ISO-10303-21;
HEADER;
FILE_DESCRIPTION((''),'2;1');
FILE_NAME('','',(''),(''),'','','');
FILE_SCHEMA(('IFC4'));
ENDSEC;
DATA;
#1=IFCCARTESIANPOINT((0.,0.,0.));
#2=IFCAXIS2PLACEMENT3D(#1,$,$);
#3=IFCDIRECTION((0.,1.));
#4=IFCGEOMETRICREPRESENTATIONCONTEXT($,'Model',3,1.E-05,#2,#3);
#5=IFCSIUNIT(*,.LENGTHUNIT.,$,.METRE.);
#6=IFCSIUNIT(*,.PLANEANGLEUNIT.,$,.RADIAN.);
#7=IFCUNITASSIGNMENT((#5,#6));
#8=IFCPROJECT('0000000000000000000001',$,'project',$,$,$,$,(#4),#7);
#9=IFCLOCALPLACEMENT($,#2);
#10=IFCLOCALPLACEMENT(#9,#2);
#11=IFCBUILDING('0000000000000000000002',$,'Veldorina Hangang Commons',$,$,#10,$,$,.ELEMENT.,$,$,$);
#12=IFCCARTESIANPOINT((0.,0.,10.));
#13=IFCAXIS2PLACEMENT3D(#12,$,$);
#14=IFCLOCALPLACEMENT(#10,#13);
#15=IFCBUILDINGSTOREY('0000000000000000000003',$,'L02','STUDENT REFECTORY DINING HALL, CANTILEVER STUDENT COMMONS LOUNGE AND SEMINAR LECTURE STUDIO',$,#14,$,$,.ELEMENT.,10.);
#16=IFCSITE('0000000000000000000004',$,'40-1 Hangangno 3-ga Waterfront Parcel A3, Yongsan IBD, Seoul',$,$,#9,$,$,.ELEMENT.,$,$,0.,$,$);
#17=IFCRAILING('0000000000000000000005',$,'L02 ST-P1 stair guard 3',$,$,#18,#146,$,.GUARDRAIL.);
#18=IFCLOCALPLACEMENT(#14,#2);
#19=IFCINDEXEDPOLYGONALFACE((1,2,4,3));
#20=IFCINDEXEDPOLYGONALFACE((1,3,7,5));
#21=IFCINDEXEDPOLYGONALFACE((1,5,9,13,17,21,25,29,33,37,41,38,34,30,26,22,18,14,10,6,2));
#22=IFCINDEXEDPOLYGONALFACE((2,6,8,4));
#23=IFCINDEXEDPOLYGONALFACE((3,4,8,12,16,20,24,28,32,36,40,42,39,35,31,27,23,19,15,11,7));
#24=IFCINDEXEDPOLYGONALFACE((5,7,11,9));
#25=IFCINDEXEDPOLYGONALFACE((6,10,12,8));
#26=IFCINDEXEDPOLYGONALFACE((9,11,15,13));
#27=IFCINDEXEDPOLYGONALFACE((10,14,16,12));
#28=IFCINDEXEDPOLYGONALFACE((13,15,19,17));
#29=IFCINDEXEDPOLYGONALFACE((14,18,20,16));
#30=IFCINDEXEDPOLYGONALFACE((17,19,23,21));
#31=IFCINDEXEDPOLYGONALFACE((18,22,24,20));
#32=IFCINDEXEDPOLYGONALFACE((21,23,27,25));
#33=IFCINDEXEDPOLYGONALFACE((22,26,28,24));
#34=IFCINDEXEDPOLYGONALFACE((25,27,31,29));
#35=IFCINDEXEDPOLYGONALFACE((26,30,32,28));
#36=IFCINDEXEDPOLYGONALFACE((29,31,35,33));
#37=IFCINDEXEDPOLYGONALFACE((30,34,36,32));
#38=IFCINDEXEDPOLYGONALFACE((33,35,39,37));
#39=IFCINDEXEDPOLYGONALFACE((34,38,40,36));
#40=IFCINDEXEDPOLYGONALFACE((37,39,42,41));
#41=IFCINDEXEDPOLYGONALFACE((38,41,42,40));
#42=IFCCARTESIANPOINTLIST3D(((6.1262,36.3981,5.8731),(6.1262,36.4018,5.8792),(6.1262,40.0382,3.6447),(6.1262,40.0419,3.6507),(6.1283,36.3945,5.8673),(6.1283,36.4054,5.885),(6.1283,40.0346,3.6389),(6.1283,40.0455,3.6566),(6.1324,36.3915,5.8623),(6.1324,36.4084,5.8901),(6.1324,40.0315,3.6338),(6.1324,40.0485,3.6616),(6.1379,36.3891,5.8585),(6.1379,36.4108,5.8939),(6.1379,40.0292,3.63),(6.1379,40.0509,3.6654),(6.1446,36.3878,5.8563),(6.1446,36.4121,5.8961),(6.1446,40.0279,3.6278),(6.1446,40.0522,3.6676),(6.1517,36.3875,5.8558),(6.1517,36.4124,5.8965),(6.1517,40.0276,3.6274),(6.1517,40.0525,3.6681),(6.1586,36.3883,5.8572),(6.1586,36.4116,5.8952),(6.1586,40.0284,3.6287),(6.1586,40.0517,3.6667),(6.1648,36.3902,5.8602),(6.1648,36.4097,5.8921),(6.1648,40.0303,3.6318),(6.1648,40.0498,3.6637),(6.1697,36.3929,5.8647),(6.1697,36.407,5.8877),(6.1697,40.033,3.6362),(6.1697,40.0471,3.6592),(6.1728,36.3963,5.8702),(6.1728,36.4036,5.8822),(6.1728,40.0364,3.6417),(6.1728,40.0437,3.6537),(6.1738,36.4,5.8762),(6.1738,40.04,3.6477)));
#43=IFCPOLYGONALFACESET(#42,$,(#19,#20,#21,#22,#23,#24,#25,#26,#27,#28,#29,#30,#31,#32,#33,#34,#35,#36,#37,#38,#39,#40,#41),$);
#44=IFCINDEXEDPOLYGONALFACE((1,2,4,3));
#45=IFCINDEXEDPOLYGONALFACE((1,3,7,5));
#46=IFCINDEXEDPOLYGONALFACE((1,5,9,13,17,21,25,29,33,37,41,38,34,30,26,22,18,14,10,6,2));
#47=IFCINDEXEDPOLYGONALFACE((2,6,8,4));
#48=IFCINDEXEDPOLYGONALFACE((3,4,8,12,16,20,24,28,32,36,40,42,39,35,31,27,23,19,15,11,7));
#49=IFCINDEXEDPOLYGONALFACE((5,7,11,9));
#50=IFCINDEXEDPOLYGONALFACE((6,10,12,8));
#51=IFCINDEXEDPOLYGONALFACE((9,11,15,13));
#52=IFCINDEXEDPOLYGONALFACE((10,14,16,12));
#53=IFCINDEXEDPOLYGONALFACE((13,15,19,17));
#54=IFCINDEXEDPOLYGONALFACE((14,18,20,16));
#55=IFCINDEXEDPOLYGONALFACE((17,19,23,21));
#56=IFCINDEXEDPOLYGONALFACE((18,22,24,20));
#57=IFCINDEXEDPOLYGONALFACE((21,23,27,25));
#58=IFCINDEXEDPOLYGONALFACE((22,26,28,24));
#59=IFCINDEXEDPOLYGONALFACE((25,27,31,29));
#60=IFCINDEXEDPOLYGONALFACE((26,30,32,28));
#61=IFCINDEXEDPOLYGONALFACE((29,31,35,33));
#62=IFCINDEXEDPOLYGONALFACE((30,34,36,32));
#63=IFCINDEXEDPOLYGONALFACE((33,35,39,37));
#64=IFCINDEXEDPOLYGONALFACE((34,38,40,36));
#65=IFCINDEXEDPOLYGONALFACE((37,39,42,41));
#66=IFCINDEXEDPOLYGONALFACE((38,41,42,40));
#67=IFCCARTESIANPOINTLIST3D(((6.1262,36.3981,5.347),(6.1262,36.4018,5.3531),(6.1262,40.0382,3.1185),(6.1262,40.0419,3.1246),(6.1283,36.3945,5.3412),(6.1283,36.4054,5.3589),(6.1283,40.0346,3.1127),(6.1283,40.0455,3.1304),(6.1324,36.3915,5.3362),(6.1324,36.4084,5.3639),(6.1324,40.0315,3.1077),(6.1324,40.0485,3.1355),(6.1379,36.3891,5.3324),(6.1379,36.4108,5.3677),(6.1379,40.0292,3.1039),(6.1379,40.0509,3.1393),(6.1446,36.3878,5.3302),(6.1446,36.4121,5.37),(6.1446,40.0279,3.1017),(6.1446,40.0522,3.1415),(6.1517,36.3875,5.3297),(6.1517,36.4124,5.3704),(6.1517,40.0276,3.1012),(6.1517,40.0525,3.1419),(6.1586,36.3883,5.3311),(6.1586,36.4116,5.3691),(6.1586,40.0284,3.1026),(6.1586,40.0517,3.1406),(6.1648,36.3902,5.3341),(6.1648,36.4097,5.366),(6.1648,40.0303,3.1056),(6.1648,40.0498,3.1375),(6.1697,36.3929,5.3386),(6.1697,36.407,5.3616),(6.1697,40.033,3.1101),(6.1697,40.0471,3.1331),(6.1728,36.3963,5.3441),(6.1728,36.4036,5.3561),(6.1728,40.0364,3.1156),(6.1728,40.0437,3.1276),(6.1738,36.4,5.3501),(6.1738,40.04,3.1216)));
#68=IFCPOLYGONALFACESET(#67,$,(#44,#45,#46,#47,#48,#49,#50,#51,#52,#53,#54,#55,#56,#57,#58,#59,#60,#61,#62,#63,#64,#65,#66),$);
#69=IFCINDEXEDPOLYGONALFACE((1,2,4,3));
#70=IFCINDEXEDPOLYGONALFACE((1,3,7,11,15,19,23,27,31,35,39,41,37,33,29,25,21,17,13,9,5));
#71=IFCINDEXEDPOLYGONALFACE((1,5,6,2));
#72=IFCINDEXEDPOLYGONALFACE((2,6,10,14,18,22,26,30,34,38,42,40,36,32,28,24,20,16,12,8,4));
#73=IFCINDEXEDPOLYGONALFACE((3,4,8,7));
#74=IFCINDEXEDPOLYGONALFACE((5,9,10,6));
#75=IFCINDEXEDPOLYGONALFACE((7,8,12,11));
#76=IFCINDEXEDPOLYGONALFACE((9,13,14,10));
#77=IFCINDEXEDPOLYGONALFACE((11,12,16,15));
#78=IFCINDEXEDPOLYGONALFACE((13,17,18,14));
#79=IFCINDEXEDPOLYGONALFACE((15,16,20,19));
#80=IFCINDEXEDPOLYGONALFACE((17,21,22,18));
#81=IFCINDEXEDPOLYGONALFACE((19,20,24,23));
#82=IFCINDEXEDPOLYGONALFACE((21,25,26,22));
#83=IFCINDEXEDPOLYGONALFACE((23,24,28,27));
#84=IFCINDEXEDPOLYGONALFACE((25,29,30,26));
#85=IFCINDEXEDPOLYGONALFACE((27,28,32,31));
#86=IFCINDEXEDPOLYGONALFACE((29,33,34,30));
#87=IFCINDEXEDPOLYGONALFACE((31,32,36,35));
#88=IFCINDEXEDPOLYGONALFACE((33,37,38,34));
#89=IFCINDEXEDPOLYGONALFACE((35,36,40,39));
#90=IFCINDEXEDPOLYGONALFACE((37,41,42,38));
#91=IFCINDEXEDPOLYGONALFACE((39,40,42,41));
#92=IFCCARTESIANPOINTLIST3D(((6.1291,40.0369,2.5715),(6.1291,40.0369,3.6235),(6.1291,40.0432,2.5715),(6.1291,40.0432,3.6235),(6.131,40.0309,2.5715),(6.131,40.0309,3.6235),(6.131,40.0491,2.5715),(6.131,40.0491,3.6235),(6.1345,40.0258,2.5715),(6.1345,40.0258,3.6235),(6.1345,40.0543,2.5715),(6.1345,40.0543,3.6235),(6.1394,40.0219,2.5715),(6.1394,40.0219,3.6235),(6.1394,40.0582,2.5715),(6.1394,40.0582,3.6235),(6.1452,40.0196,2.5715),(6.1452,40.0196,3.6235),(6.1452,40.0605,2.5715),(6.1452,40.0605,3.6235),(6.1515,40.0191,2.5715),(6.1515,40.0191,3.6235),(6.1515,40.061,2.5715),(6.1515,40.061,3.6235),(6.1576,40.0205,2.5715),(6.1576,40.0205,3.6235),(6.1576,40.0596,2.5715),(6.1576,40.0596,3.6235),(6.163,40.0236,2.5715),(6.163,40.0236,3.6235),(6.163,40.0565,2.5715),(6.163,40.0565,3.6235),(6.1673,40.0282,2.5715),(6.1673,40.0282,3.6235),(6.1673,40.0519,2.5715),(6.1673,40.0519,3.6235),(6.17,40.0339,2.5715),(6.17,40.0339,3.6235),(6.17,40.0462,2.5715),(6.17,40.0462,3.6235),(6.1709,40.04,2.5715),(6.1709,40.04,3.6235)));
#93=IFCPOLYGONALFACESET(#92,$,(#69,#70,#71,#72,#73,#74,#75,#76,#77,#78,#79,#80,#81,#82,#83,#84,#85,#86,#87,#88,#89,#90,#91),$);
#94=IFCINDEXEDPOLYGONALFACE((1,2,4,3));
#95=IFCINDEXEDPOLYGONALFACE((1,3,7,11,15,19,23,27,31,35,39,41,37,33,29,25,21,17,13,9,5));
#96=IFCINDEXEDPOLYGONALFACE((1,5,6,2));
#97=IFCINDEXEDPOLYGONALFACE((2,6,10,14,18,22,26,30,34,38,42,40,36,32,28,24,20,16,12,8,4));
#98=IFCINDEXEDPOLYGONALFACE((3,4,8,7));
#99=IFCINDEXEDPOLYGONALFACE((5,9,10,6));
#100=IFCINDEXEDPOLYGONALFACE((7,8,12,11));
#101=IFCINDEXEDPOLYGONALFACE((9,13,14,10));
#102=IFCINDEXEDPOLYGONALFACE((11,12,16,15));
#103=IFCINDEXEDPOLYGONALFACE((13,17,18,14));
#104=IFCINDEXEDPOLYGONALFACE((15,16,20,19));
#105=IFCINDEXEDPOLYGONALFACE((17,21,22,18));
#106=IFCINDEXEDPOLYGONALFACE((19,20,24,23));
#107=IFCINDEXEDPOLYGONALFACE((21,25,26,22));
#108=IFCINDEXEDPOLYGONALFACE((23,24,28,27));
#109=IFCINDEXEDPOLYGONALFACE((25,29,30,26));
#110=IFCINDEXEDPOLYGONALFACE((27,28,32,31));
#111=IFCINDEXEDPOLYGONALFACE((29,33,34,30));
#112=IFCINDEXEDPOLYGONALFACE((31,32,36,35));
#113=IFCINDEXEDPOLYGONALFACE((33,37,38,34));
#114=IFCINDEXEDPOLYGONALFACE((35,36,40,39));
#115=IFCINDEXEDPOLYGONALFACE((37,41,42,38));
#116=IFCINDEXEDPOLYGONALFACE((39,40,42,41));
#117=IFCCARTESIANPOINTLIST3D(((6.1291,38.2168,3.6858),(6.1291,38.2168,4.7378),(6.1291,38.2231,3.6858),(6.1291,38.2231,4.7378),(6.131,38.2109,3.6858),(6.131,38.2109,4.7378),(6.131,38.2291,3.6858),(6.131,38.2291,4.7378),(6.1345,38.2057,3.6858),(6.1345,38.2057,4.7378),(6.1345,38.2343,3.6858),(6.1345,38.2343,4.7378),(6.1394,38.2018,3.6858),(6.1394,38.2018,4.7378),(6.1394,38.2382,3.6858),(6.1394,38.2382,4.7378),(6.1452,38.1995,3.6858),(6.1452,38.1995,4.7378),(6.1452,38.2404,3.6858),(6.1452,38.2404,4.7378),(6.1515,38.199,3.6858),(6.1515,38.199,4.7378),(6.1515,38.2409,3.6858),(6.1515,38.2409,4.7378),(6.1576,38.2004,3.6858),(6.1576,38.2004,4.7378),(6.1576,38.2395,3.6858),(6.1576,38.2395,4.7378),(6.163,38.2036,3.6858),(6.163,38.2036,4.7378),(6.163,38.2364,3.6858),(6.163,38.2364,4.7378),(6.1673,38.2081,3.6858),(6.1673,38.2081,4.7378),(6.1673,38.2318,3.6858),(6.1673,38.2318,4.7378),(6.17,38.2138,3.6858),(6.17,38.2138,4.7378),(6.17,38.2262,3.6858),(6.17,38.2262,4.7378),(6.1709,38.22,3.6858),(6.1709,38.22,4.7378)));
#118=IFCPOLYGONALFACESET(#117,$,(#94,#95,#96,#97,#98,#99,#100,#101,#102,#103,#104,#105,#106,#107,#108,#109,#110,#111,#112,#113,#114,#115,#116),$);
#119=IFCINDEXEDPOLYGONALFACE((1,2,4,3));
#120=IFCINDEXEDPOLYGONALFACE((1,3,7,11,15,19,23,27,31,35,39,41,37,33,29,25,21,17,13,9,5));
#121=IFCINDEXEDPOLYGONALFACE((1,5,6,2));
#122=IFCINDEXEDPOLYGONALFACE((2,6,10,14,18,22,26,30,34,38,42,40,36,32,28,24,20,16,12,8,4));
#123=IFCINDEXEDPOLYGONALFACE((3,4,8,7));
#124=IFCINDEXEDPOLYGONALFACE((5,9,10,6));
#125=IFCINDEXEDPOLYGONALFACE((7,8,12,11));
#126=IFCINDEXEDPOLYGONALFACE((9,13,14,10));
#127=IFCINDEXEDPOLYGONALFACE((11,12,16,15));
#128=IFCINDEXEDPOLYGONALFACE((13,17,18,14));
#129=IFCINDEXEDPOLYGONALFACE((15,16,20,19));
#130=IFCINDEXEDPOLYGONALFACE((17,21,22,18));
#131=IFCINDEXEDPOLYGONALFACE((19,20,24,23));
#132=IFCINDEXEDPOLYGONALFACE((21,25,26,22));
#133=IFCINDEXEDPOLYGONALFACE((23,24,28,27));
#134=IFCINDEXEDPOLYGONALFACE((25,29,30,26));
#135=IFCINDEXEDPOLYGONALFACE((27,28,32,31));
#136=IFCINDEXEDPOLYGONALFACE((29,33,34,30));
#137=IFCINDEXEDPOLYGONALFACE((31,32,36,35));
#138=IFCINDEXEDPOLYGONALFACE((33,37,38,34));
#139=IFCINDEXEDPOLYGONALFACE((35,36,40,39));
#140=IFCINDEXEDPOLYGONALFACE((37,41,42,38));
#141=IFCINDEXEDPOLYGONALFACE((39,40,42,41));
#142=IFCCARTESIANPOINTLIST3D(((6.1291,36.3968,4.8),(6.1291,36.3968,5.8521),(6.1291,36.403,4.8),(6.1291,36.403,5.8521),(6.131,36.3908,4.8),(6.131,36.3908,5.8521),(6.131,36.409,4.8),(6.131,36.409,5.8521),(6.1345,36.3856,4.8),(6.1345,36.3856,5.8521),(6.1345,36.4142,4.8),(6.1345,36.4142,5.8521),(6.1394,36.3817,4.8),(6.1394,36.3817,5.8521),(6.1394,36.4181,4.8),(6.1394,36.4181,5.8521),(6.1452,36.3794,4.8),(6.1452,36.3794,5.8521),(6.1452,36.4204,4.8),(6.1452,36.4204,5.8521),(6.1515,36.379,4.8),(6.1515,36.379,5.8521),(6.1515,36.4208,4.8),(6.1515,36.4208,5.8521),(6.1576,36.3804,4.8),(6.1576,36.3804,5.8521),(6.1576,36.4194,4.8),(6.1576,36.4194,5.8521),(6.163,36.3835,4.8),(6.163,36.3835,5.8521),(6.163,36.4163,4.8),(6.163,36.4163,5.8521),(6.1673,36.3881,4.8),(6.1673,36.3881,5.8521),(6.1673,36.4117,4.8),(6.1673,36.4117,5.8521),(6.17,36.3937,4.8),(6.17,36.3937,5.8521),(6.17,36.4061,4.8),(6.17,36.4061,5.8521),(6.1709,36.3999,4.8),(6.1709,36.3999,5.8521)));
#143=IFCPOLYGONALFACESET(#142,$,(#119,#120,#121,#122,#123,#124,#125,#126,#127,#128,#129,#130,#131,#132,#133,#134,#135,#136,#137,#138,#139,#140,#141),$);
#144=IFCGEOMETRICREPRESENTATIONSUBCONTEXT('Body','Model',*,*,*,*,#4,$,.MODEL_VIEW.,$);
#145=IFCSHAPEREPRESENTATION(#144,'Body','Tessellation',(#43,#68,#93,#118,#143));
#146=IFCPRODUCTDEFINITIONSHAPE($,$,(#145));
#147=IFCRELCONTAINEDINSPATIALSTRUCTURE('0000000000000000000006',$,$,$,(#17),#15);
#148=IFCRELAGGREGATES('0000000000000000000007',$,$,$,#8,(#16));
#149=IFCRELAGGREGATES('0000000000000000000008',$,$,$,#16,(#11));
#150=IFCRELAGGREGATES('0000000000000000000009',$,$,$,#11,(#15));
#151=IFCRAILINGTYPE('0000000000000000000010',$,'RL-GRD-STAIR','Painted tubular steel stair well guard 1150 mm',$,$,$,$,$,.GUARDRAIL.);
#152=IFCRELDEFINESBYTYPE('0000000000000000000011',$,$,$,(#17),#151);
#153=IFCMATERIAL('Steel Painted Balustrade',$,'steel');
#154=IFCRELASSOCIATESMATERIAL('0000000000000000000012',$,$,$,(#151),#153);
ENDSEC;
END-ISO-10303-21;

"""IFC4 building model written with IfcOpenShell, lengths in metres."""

from ifc_helpers import new_model, si_unit, direction, frame, origin, origin_2d, place, context, subcontext, project, spatial, circle, extrude, material, type_object, element, save


model = new_model("IFC4")

# Units and contexts
model_context = context("Model", 3, precision=1e-05, world=origin(), true_north=direction((0.0, 1.0)))
body_context = subcontext(model_context, "Body", "Model", "MODEL_VIEW")
ifc_project = project(units=[si_unit("LENGTHUNIT", "METRE"), si_unit("PLANEANGLEUNIT", "RADIAN")], contexts=[model_context])

# Site, building, storey
site_placement = place(None, origin())
site = spatial("IfcSite", under=ifc_project, at=site_placement, Name="40-1 Hangangno 3-ga Waterfront Parcel A3, Yongsan IBD, Seoul", CompositionType="ELEMENT", RefElevation=0.0)
building_placement = place(site_placement, origin())
building = spatial("IfcBuilding", under=site, at=building_placement, Name="Veldorina Hangang Commons", CompositionType="ELEMENT")
storey_placement = place(building_placement, frame((0.0, 0.0, 10.0)))
storey = spatial("IfcBuildingStorey", under=building, at=storey_placement, Name="L02", Description="STUDENT REFECTORY DINING HALL, CANTILEVER STUDENT COMMONS LOUNGE AND SEMINAR LECTURE STUDIO", CompositionType="ELEMENT", Elevation=10.0)

# Railing
ifc_material_1 = material(Name="Steel Painted Balustrade", Category="steel")
railing_type_1 = type_object("IfcRailingType", Name="RL-GRD-STAIR", Description="Painted tubular steel stair well guard 1150 mm", PredefinedType="GUARDRAIL", material=ifc_material_1)
railing_1_placement = place(storey_placement, frame((6.1499, 40.04, 2.5715)))
element("IfcRailing", 1, at=railing_1_placement, inside=storey, type_object=railing_type_1, Name="L02 ST-P1 stair guard 3", PredefinedType="GUARDRAIL", context=body_context, shape_type="SweptSolid", body=[
    extrude(circle(Radius=0.0239, at=origin_2d()), frame((0.0, 0.0, 1.0762), z_axis=(0.0, -0.852866, 0.52213), x_axis=(1.0, 0.0, 0.0)), (0.0, 0.0, 1.0), 4.2681),
    extrude(circle(Radius=0.0239, at=origin_2d()), frame((0.0, 0.0, 0.55), z_axis=(0.0, -0.852866, 0.52213), x_axis=(1.0, 0.0, 0.0)), (0.0, 0.0, 1.0), 4.2681),
    extrude(circle(Radius=0.021, at=origin_2d()), origin(), (0.0, 0.0, 1.0), 1.052),
    extrude(circle(Radius=0.021, at=origin_2d()), frame((0.0, -1.8201, 1.1143)), (0.0, 0.0, 1.0), 1.052),
    extrude(circle(Radius=0.021, at=origin_2d()), frame((0.0, -3.6401, 2.2285)), (0.0, 0.0, 1.0), 1.052),
])

save(model, "model.ifc")
